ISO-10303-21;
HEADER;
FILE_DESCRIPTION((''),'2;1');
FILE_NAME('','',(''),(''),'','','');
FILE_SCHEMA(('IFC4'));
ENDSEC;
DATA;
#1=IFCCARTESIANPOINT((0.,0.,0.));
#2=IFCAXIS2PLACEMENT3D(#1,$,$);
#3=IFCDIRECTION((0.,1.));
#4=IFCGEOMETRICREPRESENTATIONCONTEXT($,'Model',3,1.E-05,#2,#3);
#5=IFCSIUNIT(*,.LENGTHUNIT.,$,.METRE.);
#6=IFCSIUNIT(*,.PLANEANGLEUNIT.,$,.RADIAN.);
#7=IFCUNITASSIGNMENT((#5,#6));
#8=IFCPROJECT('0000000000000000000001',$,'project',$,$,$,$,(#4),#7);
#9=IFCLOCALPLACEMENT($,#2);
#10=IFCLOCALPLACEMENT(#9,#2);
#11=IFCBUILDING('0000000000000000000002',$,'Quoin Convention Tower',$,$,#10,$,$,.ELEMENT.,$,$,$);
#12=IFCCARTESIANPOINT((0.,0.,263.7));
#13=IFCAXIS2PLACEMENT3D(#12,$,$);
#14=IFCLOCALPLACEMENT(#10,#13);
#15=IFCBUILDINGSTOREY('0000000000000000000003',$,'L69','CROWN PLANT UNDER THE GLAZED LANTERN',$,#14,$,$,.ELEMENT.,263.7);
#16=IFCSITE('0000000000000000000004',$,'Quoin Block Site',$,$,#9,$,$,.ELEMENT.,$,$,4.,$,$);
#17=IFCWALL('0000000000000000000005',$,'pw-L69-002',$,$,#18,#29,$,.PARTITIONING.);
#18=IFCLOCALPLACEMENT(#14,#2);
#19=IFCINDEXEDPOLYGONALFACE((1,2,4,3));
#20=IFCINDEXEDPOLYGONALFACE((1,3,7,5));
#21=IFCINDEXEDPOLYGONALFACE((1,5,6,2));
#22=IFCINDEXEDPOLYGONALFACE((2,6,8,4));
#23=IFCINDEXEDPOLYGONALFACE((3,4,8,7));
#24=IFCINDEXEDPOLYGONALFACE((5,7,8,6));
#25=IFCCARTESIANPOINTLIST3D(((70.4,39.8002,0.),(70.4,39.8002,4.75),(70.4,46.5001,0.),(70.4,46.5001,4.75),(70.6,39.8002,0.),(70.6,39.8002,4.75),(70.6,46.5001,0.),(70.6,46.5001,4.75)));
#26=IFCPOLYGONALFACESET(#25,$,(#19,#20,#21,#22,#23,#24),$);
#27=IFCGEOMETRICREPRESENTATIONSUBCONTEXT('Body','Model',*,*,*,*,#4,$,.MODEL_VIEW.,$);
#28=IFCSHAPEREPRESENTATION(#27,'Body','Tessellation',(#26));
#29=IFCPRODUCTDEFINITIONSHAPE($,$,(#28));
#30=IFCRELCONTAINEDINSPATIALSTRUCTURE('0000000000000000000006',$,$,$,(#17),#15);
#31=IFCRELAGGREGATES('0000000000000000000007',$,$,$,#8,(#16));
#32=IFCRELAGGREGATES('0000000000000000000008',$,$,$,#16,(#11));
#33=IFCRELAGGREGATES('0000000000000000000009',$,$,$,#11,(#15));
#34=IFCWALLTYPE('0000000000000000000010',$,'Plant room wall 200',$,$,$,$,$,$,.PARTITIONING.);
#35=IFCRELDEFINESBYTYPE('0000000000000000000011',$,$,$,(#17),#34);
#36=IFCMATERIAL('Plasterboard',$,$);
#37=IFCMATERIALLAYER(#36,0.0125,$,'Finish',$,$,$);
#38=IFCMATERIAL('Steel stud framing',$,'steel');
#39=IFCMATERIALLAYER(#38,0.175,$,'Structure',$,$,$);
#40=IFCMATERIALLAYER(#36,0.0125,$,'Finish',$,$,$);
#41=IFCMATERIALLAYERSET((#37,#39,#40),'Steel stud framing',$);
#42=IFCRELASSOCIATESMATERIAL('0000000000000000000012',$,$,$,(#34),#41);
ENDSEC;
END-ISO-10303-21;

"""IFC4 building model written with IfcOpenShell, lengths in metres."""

from ifc_helpers import new_model, si_unit, direction, frame, frame_2d, origin, place, context, subcontext, project, spatial, rectangle, extrude, material, layer, layer_set, type_object, element, save


model = new_model("IFC4")

# Units and contexts
model_context = context("Model", 3, precision=1e-05, world=origin(), true_north=direction((0.0, 1.0)))
body_context = subcontext(model_context, "Body", "Model", "MODEL_VIEW")
ifc_project = project(units=[si_unit("LENGTHUNIT", "METRE"), si_unit("PLANEANGLEUNIT", "RADIAN")], contexts=[model_context])

# Site, building, storey
site_placement = place(None, origin())
site = spatial("IfcSite", under=ifc_project, at=site_placement, Name="Quoin Block Site", CompositionType="ELEMENT", RefElevation=4.0)
building_placement = place(site_placement, origin())
building = spatial("IfcBuilding", under=site, at=building_placement, Name="Quoin Convention Tower", CompositionType="ELEMENT")
storey_placement = place(building_placement, frame((0.0, 0.0, 263.7)))
storey = spatial("IfcBuildingStorey", under=building, at=storey_placement, Name="L69", Description="CROWN PLANT UNDER THE GLAZED LANTERN", CompositionType="ELEMENT", Elevation=263.7)

# Wall
ifc_material_1 = material(Name="Plasterboard")
ifc_layer_1 = layer(ifc_material_1, 0.0125, Name="Finish")
ifc_material_2 = material(Name="Steel stud framing", Category="steel")
ifc_layer_2 = layer(ifc_material_2, 0.175, Name="Structure")
ifc_layer_3 = layer(ifc_material_1, 0.0125, Name="Finish")
ifc_layer_set_1 = layer_set([ifc_layer_1, ifc_layer_2, ifc_layer_3], Name="Steel stud framing")
wall_type = type_object("IfcWallType", Name="Plant room wall 200", PredefinedType="PARTITIONING", material=ifc_layer_set_1)
for number, where, z_axis, x_axis, name in (
    (1, (70.5, 39.8, 0.0), (0.0, 0.0, 1.0), (0.0, 1.0, 0.0), "pw-L69-002"),
):
    element("IfcWall", number, at=place(storey_placement, frame(where, z_axis=z_axis, x_axis=x_axis)), inside=storey, type_object=wall_type, Name=name, PredefinedType="PARTITIONING", context=body_context, shape_type="SweptSolid", body=[
        extrude(rectangle(XDim=6.7, YDim=0.2, at=frame_2d((3.3501, 0.0))), origin(), (0.0, 0.0, 1.0), 4.75),
    ])

save(model, "model.ifc")
